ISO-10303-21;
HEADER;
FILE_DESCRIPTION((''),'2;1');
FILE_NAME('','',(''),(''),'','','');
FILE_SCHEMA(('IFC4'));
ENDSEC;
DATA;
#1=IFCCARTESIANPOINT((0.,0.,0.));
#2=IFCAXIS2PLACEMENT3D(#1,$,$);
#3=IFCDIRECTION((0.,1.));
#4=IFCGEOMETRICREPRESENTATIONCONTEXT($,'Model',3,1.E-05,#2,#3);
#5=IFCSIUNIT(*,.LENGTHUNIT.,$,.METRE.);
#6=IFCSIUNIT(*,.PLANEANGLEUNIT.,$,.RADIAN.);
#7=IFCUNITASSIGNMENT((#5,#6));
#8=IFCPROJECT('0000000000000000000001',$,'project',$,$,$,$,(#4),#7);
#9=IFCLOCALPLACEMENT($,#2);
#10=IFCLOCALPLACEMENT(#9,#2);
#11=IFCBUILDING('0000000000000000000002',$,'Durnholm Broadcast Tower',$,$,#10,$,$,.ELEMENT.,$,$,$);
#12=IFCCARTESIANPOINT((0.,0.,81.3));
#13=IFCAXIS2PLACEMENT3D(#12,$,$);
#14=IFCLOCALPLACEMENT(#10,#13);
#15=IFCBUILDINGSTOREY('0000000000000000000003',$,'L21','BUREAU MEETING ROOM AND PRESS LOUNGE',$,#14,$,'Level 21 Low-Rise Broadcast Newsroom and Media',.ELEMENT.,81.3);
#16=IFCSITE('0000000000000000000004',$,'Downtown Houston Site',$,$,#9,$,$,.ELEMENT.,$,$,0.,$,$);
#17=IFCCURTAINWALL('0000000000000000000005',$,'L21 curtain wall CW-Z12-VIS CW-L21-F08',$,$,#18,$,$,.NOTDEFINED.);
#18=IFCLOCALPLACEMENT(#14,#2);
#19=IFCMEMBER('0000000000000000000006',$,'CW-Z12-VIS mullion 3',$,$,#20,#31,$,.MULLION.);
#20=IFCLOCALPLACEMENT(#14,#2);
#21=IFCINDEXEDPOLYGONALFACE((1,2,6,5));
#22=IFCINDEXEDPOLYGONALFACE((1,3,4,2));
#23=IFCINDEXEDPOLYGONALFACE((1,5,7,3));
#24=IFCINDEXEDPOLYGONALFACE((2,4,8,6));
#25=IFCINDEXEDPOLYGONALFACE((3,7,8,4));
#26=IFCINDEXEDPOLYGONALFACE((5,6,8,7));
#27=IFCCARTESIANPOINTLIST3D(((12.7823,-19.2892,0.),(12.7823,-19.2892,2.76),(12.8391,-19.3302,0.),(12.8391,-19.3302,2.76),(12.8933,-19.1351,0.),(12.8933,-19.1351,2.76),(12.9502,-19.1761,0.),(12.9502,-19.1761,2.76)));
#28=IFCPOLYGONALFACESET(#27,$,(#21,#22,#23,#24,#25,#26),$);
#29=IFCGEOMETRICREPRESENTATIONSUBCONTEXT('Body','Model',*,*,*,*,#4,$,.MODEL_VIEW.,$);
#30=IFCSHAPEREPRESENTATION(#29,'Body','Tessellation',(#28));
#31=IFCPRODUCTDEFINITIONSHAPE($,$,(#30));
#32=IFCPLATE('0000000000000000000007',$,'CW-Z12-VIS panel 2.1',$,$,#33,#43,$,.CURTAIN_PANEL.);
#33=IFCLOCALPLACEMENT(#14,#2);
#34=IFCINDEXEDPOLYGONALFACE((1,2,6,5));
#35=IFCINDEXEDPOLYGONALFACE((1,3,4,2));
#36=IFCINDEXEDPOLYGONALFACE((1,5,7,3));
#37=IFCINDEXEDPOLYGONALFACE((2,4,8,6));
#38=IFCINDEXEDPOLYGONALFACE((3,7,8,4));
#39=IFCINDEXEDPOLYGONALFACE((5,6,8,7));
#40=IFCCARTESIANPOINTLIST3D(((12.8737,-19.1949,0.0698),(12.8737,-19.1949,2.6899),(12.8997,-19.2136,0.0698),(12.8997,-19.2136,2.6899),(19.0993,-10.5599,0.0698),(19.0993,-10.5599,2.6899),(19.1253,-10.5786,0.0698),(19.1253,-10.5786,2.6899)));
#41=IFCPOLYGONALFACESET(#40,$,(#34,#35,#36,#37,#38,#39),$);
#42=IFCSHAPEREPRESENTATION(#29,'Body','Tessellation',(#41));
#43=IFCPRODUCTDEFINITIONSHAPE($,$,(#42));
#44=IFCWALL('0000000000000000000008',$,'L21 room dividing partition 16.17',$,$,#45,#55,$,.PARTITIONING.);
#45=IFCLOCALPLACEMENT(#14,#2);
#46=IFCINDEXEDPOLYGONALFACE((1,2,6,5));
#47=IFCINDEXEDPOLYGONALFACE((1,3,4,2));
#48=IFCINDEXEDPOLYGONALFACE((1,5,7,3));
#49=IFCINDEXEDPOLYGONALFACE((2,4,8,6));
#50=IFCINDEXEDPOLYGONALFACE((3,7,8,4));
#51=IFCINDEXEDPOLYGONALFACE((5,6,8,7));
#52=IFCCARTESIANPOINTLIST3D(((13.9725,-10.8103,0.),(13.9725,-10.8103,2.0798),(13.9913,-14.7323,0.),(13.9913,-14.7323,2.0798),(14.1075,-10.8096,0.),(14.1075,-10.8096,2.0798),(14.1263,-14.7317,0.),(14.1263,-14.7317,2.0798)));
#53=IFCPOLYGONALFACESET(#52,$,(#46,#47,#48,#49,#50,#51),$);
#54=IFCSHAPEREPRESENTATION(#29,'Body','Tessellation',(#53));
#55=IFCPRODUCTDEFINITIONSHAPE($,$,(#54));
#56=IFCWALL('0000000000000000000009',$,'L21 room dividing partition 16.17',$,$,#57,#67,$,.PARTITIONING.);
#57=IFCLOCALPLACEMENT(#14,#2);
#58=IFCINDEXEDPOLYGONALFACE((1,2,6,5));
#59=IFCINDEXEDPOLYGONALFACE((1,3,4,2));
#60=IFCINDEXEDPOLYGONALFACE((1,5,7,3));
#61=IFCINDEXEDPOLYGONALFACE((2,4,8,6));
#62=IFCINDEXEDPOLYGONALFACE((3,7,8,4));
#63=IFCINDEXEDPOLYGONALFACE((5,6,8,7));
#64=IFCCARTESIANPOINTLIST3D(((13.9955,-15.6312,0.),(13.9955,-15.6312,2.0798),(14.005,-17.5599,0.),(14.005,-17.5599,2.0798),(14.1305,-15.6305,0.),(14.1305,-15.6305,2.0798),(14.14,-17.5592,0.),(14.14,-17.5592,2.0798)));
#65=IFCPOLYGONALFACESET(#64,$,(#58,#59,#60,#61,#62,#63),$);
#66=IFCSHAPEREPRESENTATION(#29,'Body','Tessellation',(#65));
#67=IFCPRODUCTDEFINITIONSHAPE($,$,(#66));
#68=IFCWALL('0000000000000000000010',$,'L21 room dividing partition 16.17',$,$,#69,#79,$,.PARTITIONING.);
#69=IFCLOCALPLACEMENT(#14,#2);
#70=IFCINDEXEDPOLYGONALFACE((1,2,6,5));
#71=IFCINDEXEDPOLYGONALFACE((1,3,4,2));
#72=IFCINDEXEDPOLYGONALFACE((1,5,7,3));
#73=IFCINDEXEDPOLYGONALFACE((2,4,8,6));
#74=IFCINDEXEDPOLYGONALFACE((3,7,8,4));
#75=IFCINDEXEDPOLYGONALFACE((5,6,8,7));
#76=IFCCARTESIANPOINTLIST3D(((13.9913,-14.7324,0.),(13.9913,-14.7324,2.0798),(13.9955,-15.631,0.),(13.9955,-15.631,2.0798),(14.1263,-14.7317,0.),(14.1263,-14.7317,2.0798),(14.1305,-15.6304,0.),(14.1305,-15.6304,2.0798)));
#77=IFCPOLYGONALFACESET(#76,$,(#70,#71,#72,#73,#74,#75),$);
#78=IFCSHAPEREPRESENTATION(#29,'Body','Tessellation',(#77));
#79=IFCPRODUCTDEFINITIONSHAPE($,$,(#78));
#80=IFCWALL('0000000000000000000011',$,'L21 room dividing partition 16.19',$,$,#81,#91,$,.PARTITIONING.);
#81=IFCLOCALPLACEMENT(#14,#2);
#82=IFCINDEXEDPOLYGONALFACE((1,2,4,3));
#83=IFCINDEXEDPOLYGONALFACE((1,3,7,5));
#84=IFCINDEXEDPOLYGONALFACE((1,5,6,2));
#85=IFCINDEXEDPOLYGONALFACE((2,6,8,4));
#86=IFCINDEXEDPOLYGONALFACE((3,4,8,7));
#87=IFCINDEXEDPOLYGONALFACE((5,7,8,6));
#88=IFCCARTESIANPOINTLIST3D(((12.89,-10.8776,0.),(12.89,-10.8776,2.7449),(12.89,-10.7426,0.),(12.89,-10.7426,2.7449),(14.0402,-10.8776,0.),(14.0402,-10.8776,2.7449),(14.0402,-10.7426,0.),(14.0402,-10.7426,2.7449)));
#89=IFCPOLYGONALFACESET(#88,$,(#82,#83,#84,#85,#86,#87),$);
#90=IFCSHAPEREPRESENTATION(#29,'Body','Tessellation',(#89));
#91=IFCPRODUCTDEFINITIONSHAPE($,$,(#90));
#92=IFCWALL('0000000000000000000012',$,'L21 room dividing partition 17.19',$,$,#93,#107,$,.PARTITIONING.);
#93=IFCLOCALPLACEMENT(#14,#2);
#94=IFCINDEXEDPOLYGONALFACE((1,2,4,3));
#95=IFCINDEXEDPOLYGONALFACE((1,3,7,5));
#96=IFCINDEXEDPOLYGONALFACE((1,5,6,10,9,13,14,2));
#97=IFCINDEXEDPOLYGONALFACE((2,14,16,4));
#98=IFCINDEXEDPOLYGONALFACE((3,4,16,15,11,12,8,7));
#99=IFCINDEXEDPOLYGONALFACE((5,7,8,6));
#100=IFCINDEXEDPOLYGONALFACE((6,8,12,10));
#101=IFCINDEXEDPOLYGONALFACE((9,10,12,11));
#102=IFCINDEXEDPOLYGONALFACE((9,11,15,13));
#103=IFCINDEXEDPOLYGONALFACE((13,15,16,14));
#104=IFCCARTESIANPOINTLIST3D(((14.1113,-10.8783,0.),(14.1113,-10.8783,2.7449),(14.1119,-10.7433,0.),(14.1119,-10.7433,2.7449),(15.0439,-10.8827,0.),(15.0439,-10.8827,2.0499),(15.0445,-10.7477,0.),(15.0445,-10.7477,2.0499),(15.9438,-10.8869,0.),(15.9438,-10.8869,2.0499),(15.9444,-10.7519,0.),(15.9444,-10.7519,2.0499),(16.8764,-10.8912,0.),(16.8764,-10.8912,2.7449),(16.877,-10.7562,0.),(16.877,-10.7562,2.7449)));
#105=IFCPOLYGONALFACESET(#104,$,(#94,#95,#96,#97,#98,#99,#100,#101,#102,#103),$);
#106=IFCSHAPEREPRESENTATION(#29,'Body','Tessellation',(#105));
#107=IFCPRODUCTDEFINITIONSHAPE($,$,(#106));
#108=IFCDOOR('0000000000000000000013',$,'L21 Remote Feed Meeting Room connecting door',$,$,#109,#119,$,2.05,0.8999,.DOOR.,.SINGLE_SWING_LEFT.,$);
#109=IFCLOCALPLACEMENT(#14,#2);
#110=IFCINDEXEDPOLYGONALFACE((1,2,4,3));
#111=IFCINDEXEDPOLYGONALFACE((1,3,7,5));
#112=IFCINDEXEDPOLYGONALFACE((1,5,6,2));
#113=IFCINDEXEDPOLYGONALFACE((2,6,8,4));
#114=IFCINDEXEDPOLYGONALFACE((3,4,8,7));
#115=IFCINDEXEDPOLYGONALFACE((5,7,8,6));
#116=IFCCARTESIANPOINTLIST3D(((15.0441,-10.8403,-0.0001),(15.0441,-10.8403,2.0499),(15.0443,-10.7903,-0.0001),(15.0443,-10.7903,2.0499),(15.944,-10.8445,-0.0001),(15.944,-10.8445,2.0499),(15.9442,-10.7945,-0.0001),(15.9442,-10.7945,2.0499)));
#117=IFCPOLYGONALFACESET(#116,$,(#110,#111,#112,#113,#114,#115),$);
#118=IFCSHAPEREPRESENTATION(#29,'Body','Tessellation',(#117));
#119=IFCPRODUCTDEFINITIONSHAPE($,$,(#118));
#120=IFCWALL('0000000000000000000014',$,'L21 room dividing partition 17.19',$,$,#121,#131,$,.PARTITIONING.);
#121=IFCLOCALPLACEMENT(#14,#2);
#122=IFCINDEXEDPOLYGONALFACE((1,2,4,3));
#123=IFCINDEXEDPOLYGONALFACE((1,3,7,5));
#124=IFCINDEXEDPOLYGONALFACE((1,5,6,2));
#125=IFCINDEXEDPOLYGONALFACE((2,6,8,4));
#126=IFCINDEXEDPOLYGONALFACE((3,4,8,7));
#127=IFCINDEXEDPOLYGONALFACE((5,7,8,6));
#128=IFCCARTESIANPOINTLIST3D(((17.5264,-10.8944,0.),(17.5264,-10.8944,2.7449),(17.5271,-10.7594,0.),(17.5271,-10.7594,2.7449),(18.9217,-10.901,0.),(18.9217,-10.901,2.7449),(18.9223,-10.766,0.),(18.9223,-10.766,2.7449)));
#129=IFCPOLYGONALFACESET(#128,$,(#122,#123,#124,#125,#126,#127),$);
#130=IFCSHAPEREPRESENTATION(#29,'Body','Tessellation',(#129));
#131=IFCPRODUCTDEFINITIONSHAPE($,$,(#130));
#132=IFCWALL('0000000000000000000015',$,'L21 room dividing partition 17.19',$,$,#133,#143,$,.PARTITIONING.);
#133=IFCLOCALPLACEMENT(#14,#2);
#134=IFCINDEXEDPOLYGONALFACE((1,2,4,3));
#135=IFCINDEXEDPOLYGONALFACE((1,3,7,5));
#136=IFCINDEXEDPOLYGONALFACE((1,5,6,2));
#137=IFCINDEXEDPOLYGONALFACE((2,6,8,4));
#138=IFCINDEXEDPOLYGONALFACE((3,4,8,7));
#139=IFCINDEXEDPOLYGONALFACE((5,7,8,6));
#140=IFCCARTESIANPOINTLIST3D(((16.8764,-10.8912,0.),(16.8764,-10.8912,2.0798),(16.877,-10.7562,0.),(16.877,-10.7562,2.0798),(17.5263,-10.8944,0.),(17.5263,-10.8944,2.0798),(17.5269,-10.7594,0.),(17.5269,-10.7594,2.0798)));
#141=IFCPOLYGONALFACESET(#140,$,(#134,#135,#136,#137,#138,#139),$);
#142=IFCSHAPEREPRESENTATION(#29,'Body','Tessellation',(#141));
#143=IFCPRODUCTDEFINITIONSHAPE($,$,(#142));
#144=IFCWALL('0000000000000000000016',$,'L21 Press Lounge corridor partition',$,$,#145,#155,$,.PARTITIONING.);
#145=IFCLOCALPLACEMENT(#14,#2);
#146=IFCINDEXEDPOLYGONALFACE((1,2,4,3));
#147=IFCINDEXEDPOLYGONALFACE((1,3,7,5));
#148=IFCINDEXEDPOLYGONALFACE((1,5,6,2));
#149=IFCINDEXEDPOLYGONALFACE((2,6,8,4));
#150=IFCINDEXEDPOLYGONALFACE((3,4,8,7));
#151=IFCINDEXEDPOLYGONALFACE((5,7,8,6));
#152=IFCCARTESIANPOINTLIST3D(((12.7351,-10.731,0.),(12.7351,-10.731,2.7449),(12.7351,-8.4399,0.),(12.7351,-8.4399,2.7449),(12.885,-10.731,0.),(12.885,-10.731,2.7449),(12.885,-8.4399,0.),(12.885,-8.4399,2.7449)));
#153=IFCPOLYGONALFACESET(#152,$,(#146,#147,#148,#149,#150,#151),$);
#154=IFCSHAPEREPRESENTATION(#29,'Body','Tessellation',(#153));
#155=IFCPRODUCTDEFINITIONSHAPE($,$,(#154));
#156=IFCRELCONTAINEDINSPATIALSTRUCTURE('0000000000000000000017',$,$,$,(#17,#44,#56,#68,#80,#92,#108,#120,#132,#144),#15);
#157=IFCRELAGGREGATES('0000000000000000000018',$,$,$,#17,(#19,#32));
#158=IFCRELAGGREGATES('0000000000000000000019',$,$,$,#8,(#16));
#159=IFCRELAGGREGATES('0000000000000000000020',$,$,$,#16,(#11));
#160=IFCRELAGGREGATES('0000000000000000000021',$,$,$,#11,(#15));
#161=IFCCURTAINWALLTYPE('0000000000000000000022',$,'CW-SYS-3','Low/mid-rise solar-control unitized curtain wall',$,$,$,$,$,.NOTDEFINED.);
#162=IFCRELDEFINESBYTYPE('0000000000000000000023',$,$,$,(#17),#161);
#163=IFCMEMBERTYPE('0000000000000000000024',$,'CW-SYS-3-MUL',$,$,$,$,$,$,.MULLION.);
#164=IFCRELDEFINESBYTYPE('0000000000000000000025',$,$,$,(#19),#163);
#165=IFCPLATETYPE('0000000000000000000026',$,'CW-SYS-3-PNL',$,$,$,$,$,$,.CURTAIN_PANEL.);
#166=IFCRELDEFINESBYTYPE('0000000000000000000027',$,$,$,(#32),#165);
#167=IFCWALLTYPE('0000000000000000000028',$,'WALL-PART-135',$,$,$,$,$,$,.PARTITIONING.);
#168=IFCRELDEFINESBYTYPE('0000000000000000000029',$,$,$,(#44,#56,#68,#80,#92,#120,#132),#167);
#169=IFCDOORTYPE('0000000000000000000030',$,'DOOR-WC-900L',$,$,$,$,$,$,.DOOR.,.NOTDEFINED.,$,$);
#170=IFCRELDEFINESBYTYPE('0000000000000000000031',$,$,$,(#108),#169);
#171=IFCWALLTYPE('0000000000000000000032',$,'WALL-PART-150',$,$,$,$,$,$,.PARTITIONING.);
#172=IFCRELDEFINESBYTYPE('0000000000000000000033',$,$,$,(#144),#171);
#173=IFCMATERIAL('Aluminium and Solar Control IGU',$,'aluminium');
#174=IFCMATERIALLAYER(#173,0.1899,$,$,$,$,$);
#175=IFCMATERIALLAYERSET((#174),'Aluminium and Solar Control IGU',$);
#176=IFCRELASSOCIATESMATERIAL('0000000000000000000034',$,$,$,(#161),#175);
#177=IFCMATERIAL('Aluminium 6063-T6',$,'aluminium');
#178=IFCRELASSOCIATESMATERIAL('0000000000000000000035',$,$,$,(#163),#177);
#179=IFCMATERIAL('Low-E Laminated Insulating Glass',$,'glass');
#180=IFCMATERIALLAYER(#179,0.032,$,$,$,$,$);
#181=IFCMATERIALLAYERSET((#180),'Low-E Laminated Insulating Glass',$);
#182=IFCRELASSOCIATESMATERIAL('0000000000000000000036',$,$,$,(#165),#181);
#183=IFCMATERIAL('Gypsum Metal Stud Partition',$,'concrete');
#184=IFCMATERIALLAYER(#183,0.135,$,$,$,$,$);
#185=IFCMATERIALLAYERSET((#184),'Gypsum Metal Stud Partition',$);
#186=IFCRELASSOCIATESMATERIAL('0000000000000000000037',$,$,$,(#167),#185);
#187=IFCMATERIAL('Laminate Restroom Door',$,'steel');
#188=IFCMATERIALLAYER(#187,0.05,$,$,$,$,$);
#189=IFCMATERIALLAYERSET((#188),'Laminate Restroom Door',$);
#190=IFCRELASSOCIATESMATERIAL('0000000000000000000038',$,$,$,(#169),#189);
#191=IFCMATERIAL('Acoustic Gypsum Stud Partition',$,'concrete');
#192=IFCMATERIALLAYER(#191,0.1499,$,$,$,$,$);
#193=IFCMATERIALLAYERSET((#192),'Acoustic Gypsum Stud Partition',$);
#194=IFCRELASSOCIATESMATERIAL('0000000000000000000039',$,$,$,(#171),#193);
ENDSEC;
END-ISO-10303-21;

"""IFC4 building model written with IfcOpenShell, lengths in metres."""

from ifc_helpers import new_model, si_unit, direction, frame, frame_2d, origin, origin_2d, place, context, subcontext, project, spatial, rectangle, extrude, source, transform, mapped, material, layer, layer_set, material_profile, profile_set, type_object, type_shapes, element, fill, aggregate, save


model = new_model("IFC4")

# Units and contexts
model_context = context("Model", 3, precision=1e-05, world=origin(), true_north=direction((0.0, 1.0)))
body_context = subcontext(model_context, "Body", "Model", "MODEL_VIEW")
ifc_project = project(units=[si_unit("LENGTHUNIT", "METRE"), si_unit("PLANEANGLEUNIT", "RADIAN")], contexts=[model_context])

# Site, building, storey
site_placement = place(None, origin())
site = spatial("IfcSite", under=ifc_project, at=site_placement, Name="Downtown Houston Site", CompositionType="ELEMENT", RefElevation=0.0)
building_placement = place(site_placement, origin())
building = spatial("IfcBuilding", under=site, at=building_placement, Name="Durnholm Broadcast Tower", CompositionType="ELEMENT")
storey_placement = place(building_placement, frame((0.0, 0.0, 81.3)))
storey = spatial("IfcBuildingStorey", under=building, at=storey_placement, Name="L21", Description="BUREAU MEETING ROOM AND PRESS LOUNGE", LongName="Level 21 Low-Rise Broadcast Newsroom and Media", CompositionType="ELEMENT", Elevation=81.3)

# Curtain wall
ifc_material_1 = material(Name="Aluminium and Solar Control IGU", Category="aluminium")
ifc_material_2 = material(Name="Aluminium 6063-T6", Category="aluminium")
ifc_layer_1 = layer(ifc_material_1, 0.1899)
ifc_layer_set_1 = layer_set([ifc_layer_1], Name="Aluminium and Solar Control IGU")
curtain_wall_type_1 = type_object("IfcCurtainWallType", Name="CW-SYS-3", Description="Low/mid-rise solar-control unitized curtain wall", PredefinedType="NOTDEFINED", material=ifc_layer_set_1)
curtain_wall_1_placement = place(storey_placement, origin())
curtain_wall_1 = element("IfcCurtainWall", 1, at=curtain_wall_1_placement, inside=storey, type_object=curtain_wall_type_1, Name="L21 curtain wall CW-Z12-VIS CW-L21-F08", PredefinedType="NOTDEFINED")

# Member
ifc_material_profile_1 = material_profile(ifc_material_2, rectangle(XDim=0.0701, YDim=0.1899, at=origin_2d()), Name="CWM70X190")
ifc_profile_set_1 = profile_set([ifc_material_profile_1], Name="Aluminium 6063-T6")
member_type_1 = type_object("IfcMemberType", Name="CW-SYS-3-MUL", PredefinedType="MULLION", material=ifc_profile_set_1)
shared_shape_1 = source(origin(), body_context, "Body", "SweptSolid", [
    extrude(rectangle(XDim=0.0701, YDim=0.1899, at=origin_2d()), origin(), (0.0, 0.0, 1.0), 2.76),
])
type_shapes(member_type_1, [shared_shape_1])
member_1_placement = place(storey_placement, frame((12.8662, -19.2327, 0.0), z_axis=(0.0, 0.0, 1.0), x_axis=(0.811161, -0.584823, 0.0)))
member_1 = element("IfcMember", 2, at=member_1_placement, type_object=member_type_1, Name="CW-Z12-VIS mullion 3", PredefinedType="MULLION", context=body_context, shape_type="MappedRepresentation", body=[
    mapped(shared_shape_1, transform((0.0, 0.0, 0.0), x_axis=(1.0, 0.0, 0.0), y_axis=(0.0, 1.0, 0.0), z_axis=(0.0, 0.0, 1.0), scale=1.0)),
])

# Plate
ifc_material_3 = material(Name="Low-E Laminated Insulating Glass", Category="glass")
ifc_layer_2 = layer(ifc_material_3, 0.032)
ifc_layer_set_2 = layer_set([ifc_layer_2], Name="Low-E Laminated Insulating Glass")
plate_type = type_object("IfcPlateType", Name="CW-SYS-3-PNL", PredefinedType="CURTAIN_PANEL", material=ifc_layer_set_2)
shared_shape_2 = source(origin(), body_context, "Body", "SweptSolid", [
    extrude(rectangle(XDim=10.6453, YDim=0.032, at=origin_2d()), origin(), (0.0, 0.0, 1.0), 2.6201),
])
type_shapes(plate_type, [shared_shape_2])
plate_placement = place(storey_placement, frame((15.9995, -14.8867, 0.0698), z_axis=(0.0, 0.0, 1.0), x_axis=(-0.584823, -0.811161, 0.0)))
plate = element("IfcPlate", 3, at=plate_placement, type_object=plate_type, Name="CW-Z12-VIS panel 2.1", PredefinedType="CURTAIN_PANEL", context=body_context, shape_type="MappedRepresentation", body=[
    mapped(shared_shape_2, transform((0.0, 0.0, 0.0), x_axis=(1.0, 0.0, 0.0), y_axis=(0.0, 1.0, 0.0), z_axis=(0.0, 0.0, 1.0), scale=1.0)),
])
aggregate(curtain_wall_1, [member_1, plate])

# Walls
ifc_material_4 = material(Name="Gypsum Metal Stud Partition", Category="concrete")
ifc_layer_3 = layer(ifc_material_4, 0.135)
ifc_layer_set_3 = layer_set([ifc_layer_3], Name="Gypsum Metal Stud Partition")
wall_type_1 = type_object("IfcWallType", Name="WALL-PART-135", PredefinedType="PARTITIONING", material=ifc_layer_set_3)
wall_1_placement = place(storey_placement, frame((14.04, -10.8101, 0.0), z_axis=(0.0, 0.0, 1.0), x_axis=(0.004793, -0.999989, 0.0)))
element("IfcWall", 4, at=wall_1_placement, inside=storey, type_object=wall_type_1, Name="L21 room dividing partition 16.17", PredefinedType="PARTITIONING", context=body_context, shape_type="SweptSolid", body=[
    extrude(rectangle(XDim=3.9221, YDim=0.135, at=frame_2d((1.9609, 0.0))), origin(), (0.0, 0.0, 1.0), 2.0798),
])
wall_2_placement = place(storey_placement, frame((14.063, -15.6309, 0.0), z_axis=(0.0, 0.0, 1.0), x_axis=(0.004937, -0.999988, 0.0)))
element("IfcWall", 5, at=wall_2_placement, inside=storey, type_object=wall_type_1, Name="L21 room dividing partition 16.17", PredefinedType="PARTITIONING", context=body_context, shape_type="SweptSolid", body=[
    extrude(rectangle(XDim=1.9287, YDim=0.135, at=frame_2d((0.9644, 0.0))), origin(), (0.0, 0.0, 1.0), 2.0798),
])
wall_3_placement = place(storey_placement, frame((14.0588, -14.7322, 0.0), z_axis=(0.0, 0.0, 1.0), x_axis=(0.004618, -0.999989, 0.0)))
element("IfcWall", 6, at=wall_3_placement, inside=storey, type_object=wall_type_1, Name="L21 room dividing partition 16.17", PredefinedType="PARTITIONING", context=body_context, shape_type="SweptSolid", body=[
    extrude(rectangle(XDim=0.8987, YDim=0.135, at=frame_2d((0.4492, 0.0))), origin(), (0.0, 0.0, 1.0), 2.0798),
])
wall_4_placement = place(storey_placement, frame((12.8899, -10.8101, 0.0), z_axis=(0.0, 0.0, 1.0), x_axis=(1.0, 0.0, 0.0)))
element("IfcWall", 7, at=wall_4_placement, inside=storey, type_object=wall_type_1, Name="L21 room dividing partition 16.19", PredefinedType="PARTITIONING", context=body_context, shape_type="SweptSolid", body=[
    extrude(rectangle(XDim=1.1501, YDim=0.135, at=frame_2d((0.5752, 0.0))), origin(), (0.0, 0.0, 1.0), 2.7449),
])

# Wall, opening, door
wall_5_placement = place(storey_placement, frame((14.1116, -10.8108, 0.0), z_axis=(0.0, 0.0, 1.0), x_axis=(0.999989, -0.004679, 0.0)))
wall_5 = element("IfcWall", 8, at=wall_5_placement, inside=storey, type_object=wall_type_1, Name="L21 room dividing partition 17.19", PredefinedType="PARTITIONING", context=body_context, shape_type="SweptSolid", body=[
    extrude(rectangle(XDim=2.7651, YDim=0.135, at=frame_2d((1.3826, 0.0))), origin(), (0.0, 0.0, 1.0), 2.7449),
])
opening_placement = place(wall_5_placement, frame((0.9326, 0.0, 0.0)))
opening = element("IfcOpeningElement", 9, at=opening_placement, cuts=wall_5, PredefinedType="OPENING", context=body_context, shape_type="SweptSolid", body=[
    extrude(rectangle(XDim=0.8999, YDim=2.05, at=frame_2d((0.45, 1.0249))), frame((0.0, 0.0776, 0.0), z_axis=(0.0, -1.0, 0.0), x_axis=(1.0, 0.0, 0.0)), (0.0, 0.0, 1.0), 0.155),
])
ifc_material_5 = material(Name="Laminate Restroom Door", Category="steel")
ifc_layer_4 = layer(ifc_material_5, 0.05)
ifc_layer_set_4 = layer_set([ifc_layer_4], Name="Laminate Restroom Door")
door_type = type_object("IfcDoorType", Name="DOOR-WC-900L", OperationType="NOTDEFINED", PredefinedType="DOOR", material=ifc_layer_set_4)
shared_shape_3 = source(origin(), body_context, "Body", "SweptSolid", [
    extrude(rectangle(XDim=0.8999, YDim=2.05, at=frame_2d((0.45, 1.0249))), frame((0.0, 0.0249, 0.0), z_axis=(0.0, -1.0, 0.0), x_axis=(1.0, 0.0, 0.0)), (0.0, 0.0, 1.0), 0.05),
])
type_shapes(door_type, [shared_shape_3])
door_placement = place(opening_placement, origin())
door = element("IfcDoor", 10, at=door_placement, inside=storey, type_object=door_type, Name="L21 Remote Feed Meeting Room connecting door", OperationType="SINGLE_SWING_LEFT", OverallHeight=2.05, OverallWidth=0.8999, PredefinedType="DOOR", context=body_context, shape_type="MappedRepresentation", body=[
    mapped(shared_shape_3, transform((0.0, 0.0, 0.0), x_axis=(1.0, 0.0, 0.0), y_axis=(0.0, 1.0, 0.0), z_axis=(0.0, 0.0, 1.0), scale=1.0)),
])
fill(opening, door)

# Walls
wall_6_placement = place(storey_placement, frame((17.5266, -10.8269, 0.0), z_axis=(0.0, 0.0, 1.0), x_axis=(0.999989, -0.004724, 0.0)))
element("IfcWall", 11, at=wall_6_placement, inside=storey, type_object=wall_type_1, Name="L21 room dividing partition 17.19", PredefinedType="PARTITIONING", context=body_context, shape_type="SweptSolid", body=[
    extrude(rectangle(XDim=1.3953, YDim=0.135, at=frame_2d((0.6978, 0.0))), origin(), (0.0, 0.0, 1.0), 2.7449),
])
wall_7_placement = place(storey_placement, frame((16.8767, -10.8237, 0.0), z_axis=(0.0, 0.0, 1.0), x_axis=(0.999988, -0.004883, 0.0)))
element("IfcWall", 12, at=wall_7_placement, inside=storey, type_object=wall_type_1, Name="L21 room dividing partition 17.19", PredefinedType="PARTITIONING", context=body_context, shape_type="SweptSolid", body=[
    extrude(rectangle(XDim=0.6499, YDim=0.135, at=frame_2d((0.325, 0.0))), origin(), (0.0, 0.0, 1.0), 2.0798),
])
ifc_material_6 = material(Name="Acoustic Gypsum Stud Partition", Category="concrete")
ifc_layer_5 = layer(ifc_material_6, 0.1499)
ifc_layer_set_5 = layer_set([ifc_layer_5], Name="Acoustic Gypsum Stud Partition")
wall_type_2 = type_object("IfcWallType", Name="WALL-PART-150", PredefinedType="PARTITIONING", material=ifc_layer_set_5)
wall_8_placement = place(storey_placement, frame((12.8101, -10.731, 0.0), z_axis=(0.0, 0.0, 1.0), x_axis=(0.0, 1.0, 0.0)))
element("IfcWall", 13, at=wall_8_placement, inside=storey, type_object=wall_type_2, Name="L21 Press Lounge corridor partition", PredefinedType="PARTITIONING", context=body_context, shape_type="SweptSolid", body=[
    extrude(rectangle(XDim=2.291, YDim=0.1499, at=frame_2d((1.1455, 0.0))), origin(), (0.0, 0.0, 1.0), 2.7449),
])

save(model, "model.ifc")
